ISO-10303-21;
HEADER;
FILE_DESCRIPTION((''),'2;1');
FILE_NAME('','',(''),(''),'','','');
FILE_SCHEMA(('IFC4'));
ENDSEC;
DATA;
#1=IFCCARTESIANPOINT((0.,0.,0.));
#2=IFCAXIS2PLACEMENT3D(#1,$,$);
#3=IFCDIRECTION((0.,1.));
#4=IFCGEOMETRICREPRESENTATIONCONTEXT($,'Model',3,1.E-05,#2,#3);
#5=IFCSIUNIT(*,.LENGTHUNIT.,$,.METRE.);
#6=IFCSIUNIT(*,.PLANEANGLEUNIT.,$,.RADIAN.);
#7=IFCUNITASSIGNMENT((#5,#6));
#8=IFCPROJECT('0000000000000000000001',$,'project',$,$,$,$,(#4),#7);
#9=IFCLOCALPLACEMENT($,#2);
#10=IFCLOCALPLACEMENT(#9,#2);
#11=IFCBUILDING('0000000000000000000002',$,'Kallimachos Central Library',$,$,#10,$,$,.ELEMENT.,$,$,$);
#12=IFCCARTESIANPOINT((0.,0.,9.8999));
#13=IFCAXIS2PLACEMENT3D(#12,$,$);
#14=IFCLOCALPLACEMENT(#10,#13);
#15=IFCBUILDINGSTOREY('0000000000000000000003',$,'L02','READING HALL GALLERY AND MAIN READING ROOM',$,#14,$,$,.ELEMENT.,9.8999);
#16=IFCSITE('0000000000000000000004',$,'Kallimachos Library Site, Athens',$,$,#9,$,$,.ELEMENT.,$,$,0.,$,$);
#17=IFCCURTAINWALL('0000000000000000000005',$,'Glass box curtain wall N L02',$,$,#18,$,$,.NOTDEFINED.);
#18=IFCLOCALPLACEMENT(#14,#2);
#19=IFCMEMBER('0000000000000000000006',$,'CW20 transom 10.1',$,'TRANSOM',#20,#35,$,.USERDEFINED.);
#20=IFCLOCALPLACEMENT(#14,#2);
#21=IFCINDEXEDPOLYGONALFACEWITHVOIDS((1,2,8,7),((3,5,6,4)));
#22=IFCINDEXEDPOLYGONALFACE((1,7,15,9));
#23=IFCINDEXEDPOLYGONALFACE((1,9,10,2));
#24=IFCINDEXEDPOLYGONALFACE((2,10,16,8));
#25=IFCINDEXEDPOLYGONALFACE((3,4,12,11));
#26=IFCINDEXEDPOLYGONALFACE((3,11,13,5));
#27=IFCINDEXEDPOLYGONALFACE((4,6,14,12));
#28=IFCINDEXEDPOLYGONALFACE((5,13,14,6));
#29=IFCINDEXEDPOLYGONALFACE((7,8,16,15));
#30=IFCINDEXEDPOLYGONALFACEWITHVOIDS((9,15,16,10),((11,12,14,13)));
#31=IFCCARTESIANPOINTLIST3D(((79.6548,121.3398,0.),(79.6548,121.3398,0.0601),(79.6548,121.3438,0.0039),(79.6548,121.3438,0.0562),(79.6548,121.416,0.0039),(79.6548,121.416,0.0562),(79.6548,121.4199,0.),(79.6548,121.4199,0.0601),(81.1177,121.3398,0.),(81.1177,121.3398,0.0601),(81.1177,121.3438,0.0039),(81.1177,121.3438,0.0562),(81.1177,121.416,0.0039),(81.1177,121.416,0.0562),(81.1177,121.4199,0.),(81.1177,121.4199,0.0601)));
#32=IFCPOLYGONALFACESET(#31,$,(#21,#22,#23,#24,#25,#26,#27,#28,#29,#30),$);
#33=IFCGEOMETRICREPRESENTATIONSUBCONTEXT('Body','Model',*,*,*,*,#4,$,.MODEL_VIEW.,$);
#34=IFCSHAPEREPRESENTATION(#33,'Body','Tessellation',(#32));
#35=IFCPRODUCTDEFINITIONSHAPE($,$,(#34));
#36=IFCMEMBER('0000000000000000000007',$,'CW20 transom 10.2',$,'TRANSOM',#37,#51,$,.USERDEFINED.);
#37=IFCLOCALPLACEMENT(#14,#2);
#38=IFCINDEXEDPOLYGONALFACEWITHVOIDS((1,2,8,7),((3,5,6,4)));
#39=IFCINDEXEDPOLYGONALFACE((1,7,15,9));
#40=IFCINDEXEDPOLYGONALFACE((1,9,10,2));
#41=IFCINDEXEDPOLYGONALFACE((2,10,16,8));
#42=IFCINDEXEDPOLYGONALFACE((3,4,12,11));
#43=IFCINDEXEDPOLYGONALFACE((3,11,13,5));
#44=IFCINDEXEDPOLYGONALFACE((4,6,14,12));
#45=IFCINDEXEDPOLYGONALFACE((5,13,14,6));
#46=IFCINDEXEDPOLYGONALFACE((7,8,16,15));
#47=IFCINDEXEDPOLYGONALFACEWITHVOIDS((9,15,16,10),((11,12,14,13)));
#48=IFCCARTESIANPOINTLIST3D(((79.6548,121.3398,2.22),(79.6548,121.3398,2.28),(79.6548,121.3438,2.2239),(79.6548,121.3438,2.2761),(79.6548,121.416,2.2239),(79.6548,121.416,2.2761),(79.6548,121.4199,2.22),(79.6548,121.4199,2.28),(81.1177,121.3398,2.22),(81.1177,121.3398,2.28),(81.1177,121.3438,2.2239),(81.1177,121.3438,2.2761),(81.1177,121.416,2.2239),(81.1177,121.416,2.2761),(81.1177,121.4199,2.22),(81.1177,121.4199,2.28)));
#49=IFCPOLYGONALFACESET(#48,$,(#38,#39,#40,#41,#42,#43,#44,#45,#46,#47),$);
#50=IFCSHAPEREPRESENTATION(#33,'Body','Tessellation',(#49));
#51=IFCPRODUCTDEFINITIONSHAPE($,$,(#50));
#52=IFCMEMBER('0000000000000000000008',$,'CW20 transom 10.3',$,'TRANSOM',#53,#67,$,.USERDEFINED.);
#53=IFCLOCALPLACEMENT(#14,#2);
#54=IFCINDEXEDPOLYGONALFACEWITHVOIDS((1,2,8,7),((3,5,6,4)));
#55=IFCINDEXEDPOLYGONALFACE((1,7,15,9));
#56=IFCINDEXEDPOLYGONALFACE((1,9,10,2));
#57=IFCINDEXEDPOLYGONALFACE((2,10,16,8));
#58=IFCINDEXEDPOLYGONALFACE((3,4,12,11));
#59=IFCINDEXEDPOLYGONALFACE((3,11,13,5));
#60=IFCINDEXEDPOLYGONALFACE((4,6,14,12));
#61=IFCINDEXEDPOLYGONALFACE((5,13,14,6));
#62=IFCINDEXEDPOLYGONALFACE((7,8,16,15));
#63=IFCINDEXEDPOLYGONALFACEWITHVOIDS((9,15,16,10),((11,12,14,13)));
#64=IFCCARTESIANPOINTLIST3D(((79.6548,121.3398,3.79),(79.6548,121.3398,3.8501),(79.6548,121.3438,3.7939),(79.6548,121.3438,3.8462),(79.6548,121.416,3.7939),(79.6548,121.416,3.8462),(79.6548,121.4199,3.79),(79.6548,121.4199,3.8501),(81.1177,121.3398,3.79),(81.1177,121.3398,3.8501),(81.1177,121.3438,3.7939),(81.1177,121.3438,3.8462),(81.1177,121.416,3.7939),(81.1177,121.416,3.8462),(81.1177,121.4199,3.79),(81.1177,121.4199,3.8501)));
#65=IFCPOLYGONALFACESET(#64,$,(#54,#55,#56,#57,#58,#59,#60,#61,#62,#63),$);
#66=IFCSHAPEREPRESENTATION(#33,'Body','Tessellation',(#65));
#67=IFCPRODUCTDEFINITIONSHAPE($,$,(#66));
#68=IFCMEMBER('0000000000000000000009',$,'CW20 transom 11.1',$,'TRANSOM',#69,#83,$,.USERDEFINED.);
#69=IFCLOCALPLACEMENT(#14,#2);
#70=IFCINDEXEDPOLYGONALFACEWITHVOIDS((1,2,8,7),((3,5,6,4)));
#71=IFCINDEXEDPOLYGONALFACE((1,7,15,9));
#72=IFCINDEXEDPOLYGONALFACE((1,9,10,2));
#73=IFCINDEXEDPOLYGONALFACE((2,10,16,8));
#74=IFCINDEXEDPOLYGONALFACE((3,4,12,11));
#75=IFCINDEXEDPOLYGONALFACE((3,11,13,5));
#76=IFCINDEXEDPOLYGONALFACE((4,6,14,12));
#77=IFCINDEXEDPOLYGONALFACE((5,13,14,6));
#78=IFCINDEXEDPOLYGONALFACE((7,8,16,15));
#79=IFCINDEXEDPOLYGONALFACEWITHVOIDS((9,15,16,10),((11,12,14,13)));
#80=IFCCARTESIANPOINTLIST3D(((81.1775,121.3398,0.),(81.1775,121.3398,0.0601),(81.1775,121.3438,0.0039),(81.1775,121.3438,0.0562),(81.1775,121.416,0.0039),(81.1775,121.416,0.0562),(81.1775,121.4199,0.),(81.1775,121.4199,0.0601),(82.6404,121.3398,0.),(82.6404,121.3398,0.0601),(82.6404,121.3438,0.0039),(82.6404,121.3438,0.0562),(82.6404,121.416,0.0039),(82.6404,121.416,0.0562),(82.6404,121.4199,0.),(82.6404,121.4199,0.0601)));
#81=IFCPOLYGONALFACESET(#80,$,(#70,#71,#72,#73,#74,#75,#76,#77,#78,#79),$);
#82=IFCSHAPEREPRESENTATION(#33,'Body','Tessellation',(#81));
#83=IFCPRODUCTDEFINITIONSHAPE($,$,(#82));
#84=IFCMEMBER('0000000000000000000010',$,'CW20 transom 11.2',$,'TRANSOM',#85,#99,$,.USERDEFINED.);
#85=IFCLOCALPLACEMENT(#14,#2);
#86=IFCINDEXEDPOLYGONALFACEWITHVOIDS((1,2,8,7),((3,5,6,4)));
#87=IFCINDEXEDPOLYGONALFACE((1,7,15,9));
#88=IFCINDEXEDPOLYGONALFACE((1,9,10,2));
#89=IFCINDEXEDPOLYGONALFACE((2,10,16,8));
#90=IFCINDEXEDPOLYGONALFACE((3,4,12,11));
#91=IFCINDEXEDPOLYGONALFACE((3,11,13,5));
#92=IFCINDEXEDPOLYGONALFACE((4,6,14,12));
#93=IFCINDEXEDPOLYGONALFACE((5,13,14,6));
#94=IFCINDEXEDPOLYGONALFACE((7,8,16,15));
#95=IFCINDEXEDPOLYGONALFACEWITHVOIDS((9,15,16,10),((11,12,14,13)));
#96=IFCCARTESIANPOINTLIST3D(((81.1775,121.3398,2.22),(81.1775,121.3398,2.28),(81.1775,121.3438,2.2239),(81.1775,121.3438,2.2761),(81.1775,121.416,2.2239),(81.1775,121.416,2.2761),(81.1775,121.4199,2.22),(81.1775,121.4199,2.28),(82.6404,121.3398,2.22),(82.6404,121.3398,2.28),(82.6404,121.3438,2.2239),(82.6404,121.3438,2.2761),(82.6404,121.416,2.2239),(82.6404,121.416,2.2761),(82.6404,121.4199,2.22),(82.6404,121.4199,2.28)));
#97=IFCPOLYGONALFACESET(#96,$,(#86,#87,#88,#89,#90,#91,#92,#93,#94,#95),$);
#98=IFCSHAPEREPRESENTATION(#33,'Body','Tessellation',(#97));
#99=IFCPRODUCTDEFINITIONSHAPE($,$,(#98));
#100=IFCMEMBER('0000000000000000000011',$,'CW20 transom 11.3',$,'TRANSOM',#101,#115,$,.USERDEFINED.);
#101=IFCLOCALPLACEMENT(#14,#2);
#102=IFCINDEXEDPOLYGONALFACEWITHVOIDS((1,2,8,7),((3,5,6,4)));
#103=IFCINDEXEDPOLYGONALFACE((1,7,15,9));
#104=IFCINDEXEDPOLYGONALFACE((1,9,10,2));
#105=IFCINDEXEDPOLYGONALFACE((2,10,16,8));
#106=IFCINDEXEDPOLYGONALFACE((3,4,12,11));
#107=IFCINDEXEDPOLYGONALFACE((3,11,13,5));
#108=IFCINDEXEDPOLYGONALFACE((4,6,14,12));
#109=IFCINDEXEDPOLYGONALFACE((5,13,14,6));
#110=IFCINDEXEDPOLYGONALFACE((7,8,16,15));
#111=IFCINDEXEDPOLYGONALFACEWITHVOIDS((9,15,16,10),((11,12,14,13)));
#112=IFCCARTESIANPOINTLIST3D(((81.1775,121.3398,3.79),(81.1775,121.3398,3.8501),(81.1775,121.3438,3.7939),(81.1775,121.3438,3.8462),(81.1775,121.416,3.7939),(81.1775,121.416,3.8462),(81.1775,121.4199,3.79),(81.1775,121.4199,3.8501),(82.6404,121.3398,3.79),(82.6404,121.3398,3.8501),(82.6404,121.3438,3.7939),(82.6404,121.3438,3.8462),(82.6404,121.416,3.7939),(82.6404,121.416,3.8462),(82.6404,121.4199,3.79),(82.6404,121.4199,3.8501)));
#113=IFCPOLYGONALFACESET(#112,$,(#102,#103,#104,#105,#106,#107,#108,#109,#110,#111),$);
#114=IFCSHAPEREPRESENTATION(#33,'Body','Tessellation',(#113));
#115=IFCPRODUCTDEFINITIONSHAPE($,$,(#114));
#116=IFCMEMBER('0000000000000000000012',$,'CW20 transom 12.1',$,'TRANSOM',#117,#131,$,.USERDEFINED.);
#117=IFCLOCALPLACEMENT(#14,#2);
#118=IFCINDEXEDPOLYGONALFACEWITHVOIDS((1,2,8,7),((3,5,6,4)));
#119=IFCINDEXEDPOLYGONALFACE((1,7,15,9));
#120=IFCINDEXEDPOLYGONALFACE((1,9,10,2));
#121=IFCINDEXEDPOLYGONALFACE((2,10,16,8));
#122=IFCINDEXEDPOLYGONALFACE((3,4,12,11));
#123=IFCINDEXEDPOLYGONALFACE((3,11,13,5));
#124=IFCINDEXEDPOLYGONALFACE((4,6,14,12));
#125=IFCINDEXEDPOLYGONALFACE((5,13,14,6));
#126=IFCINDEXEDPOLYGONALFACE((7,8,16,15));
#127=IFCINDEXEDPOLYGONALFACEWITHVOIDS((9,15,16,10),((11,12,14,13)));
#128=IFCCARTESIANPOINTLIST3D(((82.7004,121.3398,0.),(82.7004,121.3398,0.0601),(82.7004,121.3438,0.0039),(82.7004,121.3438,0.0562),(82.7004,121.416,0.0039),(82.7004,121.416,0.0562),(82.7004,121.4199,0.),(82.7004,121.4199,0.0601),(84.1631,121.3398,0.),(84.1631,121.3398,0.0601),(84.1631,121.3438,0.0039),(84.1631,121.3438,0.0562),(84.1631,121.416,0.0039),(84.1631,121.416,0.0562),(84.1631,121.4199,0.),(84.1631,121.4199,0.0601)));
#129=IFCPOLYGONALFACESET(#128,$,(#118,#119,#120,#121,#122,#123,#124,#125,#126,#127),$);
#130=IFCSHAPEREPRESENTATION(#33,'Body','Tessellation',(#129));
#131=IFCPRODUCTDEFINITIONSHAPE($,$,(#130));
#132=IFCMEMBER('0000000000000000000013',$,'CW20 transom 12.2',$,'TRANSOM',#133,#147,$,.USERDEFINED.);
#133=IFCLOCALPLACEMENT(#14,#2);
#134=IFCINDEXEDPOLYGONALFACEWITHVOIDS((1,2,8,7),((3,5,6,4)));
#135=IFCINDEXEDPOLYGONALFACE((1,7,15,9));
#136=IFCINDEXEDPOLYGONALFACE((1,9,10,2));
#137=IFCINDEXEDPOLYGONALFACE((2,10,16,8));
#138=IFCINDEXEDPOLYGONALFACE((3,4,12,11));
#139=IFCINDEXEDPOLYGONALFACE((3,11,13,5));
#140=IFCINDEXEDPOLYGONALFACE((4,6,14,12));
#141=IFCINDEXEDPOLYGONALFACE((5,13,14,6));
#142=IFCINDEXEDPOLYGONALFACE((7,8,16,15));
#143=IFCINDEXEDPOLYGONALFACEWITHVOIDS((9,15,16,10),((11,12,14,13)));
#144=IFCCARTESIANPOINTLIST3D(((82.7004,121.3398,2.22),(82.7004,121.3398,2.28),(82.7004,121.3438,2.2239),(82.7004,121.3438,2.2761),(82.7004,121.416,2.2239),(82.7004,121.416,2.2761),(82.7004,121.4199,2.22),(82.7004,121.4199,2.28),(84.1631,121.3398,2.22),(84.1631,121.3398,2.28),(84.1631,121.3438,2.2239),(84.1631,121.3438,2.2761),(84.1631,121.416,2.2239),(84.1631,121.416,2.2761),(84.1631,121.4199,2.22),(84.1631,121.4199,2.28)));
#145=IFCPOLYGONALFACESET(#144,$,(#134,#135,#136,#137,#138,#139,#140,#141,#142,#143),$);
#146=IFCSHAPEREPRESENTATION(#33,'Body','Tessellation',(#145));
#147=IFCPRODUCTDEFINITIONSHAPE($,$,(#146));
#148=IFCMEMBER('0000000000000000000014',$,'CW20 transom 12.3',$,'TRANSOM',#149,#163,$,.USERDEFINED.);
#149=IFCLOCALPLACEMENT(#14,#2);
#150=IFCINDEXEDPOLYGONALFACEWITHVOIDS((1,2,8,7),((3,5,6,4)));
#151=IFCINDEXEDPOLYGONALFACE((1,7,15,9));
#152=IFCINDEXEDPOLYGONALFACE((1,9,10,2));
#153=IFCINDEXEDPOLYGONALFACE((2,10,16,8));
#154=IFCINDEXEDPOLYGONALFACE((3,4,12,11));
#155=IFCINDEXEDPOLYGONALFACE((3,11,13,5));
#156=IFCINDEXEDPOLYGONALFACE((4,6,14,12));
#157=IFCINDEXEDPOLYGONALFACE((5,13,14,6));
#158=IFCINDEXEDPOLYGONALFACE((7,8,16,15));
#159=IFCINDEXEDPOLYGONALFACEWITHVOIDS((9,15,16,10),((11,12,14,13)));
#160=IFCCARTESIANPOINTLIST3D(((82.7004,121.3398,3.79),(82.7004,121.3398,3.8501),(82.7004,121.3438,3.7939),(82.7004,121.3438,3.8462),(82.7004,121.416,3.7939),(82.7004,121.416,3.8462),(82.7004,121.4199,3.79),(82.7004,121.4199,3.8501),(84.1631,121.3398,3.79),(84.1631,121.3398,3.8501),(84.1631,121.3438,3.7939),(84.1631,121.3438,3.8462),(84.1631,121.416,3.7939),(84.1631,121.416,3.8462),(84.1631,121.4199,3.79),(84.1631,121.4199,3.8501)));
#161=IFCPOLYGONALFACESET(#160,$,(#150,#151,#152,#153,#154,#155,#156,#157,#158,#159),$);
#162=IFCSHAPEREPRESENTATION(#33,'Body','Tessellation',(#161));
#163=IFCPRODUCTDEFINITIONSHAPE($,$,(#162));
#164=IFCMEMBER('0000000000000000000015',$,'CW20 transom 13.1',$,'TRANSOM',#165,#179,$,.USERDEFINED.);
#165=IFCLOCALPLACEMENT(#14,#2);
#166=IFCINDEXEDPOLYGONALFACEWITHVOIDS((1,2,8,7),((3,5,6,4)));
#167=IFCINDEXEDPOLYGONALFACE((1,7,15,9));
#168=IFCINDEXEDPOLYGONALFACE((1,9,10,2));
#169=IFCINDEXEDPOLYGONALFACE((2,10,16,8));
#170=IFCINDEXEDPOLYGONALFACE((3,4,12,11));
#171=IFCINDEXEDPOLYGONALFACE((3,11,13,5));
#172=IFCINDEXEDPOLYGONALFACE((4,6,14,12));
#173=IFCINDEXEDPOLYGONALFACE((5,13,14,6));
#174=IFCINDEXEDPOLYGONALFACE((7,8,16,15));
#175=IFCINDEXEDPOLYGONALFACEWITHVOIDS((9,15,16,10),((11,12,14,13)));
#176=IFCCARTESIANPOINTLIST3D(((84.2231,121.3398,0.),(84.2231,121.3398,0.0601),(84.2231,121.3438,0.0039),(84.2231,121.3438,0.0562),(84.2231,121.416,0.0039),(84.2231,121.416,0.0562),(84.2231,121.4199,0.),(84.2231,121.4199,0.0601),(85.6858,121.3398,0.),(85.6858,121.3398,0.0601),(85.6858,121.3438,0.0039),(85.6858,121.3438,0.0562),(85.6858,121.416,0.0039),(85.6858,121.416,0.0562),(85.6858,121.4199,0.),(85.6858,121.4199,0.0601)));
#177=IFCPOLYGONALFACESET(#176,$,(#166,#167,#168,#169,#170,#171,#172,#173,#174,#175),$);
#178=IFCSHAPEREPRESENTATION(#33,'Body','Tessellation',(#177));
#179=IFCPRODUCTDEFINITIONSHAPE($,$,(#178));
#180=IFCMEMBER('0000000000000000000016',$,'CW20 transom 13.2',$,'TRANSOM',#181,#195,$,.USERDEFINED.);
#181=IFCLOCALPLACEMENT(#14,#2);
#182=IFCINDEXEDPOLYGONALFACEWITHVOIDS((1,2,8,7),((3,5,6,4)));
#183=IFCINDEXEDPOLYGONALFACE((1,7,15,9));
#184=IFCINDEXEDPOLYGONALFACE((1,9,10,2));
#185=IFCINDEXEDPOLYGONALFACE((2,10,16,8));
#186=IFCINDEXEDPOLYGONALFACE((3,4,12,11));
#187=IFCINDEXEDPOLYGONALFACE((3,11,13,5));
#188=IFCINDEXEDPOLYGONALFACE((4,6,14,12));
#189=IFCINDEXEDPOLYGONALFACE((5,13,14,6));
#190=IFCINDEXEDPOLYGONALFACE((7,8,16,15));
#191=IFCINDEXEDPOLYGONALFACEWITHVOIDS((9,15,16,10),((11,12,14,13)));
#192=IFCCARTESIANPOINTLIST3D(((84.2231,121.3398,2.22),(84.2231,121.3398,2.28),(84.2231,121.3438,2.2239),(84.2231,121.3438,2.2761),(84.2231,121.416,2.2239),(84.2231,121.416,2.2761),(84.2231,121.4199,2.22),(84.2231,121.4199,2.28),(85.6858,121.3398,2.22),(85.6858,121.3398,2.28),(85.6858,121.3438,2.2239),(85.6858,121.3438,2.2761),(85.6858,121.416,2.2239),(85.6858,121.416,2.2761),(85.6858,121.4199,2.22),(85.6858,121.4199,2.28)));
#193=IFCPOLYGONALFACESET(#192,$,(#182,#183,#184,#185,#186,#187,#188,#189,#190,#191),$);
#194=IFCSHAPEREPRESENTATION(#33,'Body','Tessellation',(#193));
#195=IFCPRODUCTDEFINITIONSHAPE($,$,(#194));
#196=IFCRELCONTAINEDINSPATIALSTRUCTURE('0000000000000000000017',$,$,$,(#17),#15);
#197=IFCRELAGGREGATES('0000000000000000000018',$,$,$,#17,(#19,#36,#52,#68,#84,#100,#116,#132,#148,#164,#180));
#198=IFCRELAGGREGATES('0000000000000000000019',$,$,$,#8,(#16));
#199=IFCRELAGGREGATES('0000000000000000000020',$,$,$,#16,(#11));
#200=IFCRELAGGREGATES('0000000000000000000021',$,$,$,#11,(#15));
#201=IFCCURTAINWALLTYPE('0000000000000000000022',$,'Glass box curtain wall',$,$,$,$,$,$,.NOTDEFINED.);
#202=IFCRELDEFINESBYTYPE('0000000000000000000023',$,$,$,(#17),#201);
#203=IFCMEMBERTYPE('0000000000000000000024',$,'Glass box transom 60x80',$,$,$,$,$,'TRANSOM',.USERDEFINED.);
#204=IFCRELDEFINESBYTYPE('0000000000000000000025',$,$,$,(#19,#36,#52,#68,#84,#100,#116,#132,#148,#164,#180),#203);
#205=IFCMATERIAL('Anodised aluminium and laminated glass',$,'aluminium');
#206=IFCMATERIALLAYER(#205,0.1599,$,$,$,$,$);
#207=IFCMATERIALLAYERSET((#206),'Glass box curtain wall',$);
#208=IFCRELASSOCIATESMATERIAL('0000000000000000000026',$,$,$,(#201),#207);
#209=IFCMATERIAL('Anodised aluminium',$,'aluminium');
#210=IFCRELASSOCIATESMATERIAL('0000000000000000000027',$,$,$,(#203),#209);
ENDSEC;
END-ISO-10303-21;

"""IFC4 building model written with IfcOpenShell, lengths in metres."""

from ifc_helpers import new_model, si_unit, direction, frame, origin, origin_2d, place, context, subcontext, project, spatial, hollow_rectangle, extrude, material, layer, layer_set, material_profile, profile_set, type_object, element, aggregate, save


model = new_model("IFC4")

# Units and contexts
model_context = context("Model", 3, precision=1e-05, world=origin(), true_north=direction((0.0, 1.0)))
body_context = subcontext(model_context, "Body", "Model", "MODEL_VIEW")
ifc_project = project(units=[si_unit("LENGTHUNIT", "METRE"), si_unit("PLANEANGLEUNIT", "RADIAN")], contexts=[model_context])

# Site, building, storey
site_placement = place(None, origin())
site = spatial("IfcSite", under=ifc_project, at=site_placement, Name="Kallimachos Library Site, Athens", CompositionType="ELEMENT", RefElevation=0.0)
building_placement = place(site_placement, origin())
building = spatial("IfcBuilding", under=site, at=building_placement, Name="Kallimachos Central Library", CompositionType="ELEMENT")
storey_placement = place(building_placement, frame((0.0, 0.0, 9.8999)))
storey = spatial("IfcBuildingStorey", under=building, at=storey_placement, Name="L02", Description="READING HALL GALLERY AND MAIN READING ROOM", CompositionType="ELEMENT", Elevation=9.8999)

# Curtain wall, members
ifc_material_1 = material(Name="Anodised aluminium and laminated glass", Category="aluminium")
ifc_layer_1 = layer(ifc_material_1, 0.1599)
ifc_layer_set_1 = layer_set([ifc_layer_1], Name="Glass box curtain wall")
curtain_wall_type = type_object("IfcCurtainWallType", Name="Glass box curtain wall", PredefinedType="NOTDEFINED", material=ifc_layer_set_1)
curtain_wall_placement = place(storey_placement, origin())
curtain_wall = element("IfcCurtainWall", 1, at=curtain_wall_placement, inside=storey, type_object=curtain_wall_type, Name="Glass box curtain wall N L02", PredefinedType="NOTDEFINED")
ifc_material_2 = material(Name="Anodised aluminium", Category="aluminium")
ifc_material_profile_1 = material_profile(ifc_material_2, hollow_rectangle(XDim=0.0601, YDim=0.0801, WallThickness=0.0039, at=origin_2d()), Name="ALU TRANSOM 60x80")
ifc_profile_set_1 = profile_set([ifc_material_profile_1], Name="Anodised aluminium")
member_type_1 = type_object("IfcMemberType", Name="Glass box transom 60x80", ElementType="TRANSOM", PredefinedType="USERDEFINED", material=ifc_profile_set_1)
member_1_placement = place(storey_placement, frame((79.6548, 121.3799, 0.03), z_axis=(1.0, 0.0, 0.0), x_axis=(0.0, 0.0, 1.0)))
member_1 = element("IfcMember", 2, at=member_1_placement, type_object=member_type_1, Name="CW20 transom 10.1", ObjectType="TRANSOM", PredefinedType="USERDEFINED", context=body_context, shape_type="SweptSolid", body=[
    extrude(hollow_rectangle(XDim=0.0601, YDim=0.0801, WallThickness=0.0039, at=origin_2d()), origin(), (0.0, 0.0, 1.0), 1.4629),
])
member_2_placement = place(storey_placement, frame((79.6548, 121.3799, 2.25), z_axis=(1.0, 0.0, 0.0), x_axis=(0.0, 0.0, 1.0)))
member_2 = element("IfcMember", 3, at=member_2_placement, type_object=member_type_1, Name="CW20 transom 10.2", ObjectType="TRANSOM", PredefinedType="USERDEFINED", context=body_context, shape_type="SweptSolid", body=[
    extrude(hollow_rectangle(XDim=0.0601, YDim=0.0801, WallThickness=0.0039, at=origin_2d()), origin(), (0.0, 0.0, 1.0), 1.4629),
])
member_3_placement = place(storey_placement, frame((79.6548, 121.3799, 3.8201), z_axis=(1.0, 0.0, 0.0), x_axis=(0.0, 0.0, 1.0)))
member_3 = element("IfcMember", 4, at=member_3_placement, type_object=member_type_1, Name="CW20 transom 10.3", ObjectType="TRANSOM", PredefinedType="USERDEFINED", context=body_context, shape_type="SweptSolid", body=[
    extrude(hollow_rectangle(XDim=0.0601, YDim=0.0801, WallThickness=0.0039, at=origin_2d()), origin(), (0.0, 0.0, 1.0), 1.4629),
])
member_4_placement = place(storey_placement, frame((81.1775, 121.3799, 0.03), z_axis=(1.0, 0.0, 0.0), x_axis=(0.0, 0.0, 1.0)))
member_4 = element("IfcMember", 5, at=member_4_placement, type_object=member_type_1, Name="CW20 transom 11.1", ObjectType="TRANSOM", PredefinedType="USERDEFINED", context=body_context, shape_type="SweptSolid", body=[
    extrude(hollow_rectangle(XDim=0.0601, YDim=0.0801, WallThickness=0.0039, at=origin_2d()), origin(), (0.0, 0.0, 1.0), 1.4629),
])
member_5_placement = place(storey_placement, frame((81.1775, 121.3799, 2.25), z_axis=(1.0, 0.0, 0.0), x_axis=(0.0, 0.0, 1.0)))
member_5 = element("IfcMember", 6, at=member_5_placement, type_object=member_type_1, Name="CW20 transom 11.2", ObjectType="TRANSOM", PredefinedType="USERDEFINED", context=body_context, shape_type="SweptSolid", body=[
    extrude(hollow_rectangle(XDim=0.0601, YDim=0.0801, WallThickness=0.0039, at=origin_2d()), origin(), (0.0, 0.0, 1.0), 1.4629),
])
member_6_placement = place(storey_placement, frame((81.1775, 121.3799, 3.8201), z_axis=(1.0, 0.0, 0.0), x_axis=(0.0, 0.0, 1.0)))
member_6 = element("IfcMember", 7, at=member_6_placement, type_object=member_type_1, Name="CW20 transom 11.3", ObjectType="TRANSOM", PredefinedType="USERDEFINED", context=body_context, shape_type="SweptSolid", body=[
    extrude(hollow_rectangle(XDim=0.0601, YDim=0.0801, WallThickness=0.0039, at=origin_2d()), origin(), (0.0, 0.0, 1.0), 1.4629),
])
member_7_placement = place(storey_placement, frame((82.7004, 121.3799, 0.03), z_axis=(1.0, 0.0, 0.0), x_axis=(0.0, 0.0, 1.0)))
member_7 = element("IfcMember", 8, at=member_7_placement, type_object=member_type_1, Name="CW20 transom 12.1", ObjectType="TRANSOM", PredefinedType="USERDEFINED", context=body_context, shape_type="SweptSolid", body=[
    extrude(hollow_rectangle(XDim=0.0601, YDim=0.0801, WallThickness=0.0039, at=origin_2d()), origin(), (0.0, 0.0, 1.0), 1.4626),
])
member_8_placement = place(storey_placement, frame((82.7004, 121.3799, 2.25), z_axis=(1.0, 0.0, 0.0), x_axis=(0.0, 0.0, 1.0)))
member_8 = element("IfcMember", 9, at=member_8_placement, type_object=member_type_1, Name="CW20 transom 12.2", ObjectType="TRANSOM", PredefinedType="USERDEFINED", context=body_context, shape_type="SweptSolid", body=[
    extrude(hollow_rectangle(XDim=0.0601, YDim=0.0801, WallThickness=0.0039, at=origin_2d()), origin(), (0.0, 0.0, 1.0), 1.4626),
])
member_9_placement = place(storey_placement, frame((82.7004, 121.3799, 3.8201), z_axis=(1.0, 0.0, 0.0), x_axis=(0.0, 0.0, 1.0)))
member_9 = element("IfcMember", 10, at=member_9_placement, type_object=member_type_1, Name="CW20 transom 12.3", ObjectType="TRANSOM", PredefinedType="USERDEFINED", context=body_context, shape_type="SweptSolid", body=[
    extrude(hollow_rectangle(XDim=0.0601, YDim=0.0801, WallThickness=0.0039, at=origin_2d()), origin(), (0.0, 0.0, 1.0), 1.4626),
])
member_10_placement = place(storey_placement, frame((84.2231, 121.3799, 0.03), z_axis=(1.0, 0.0, 0.0), x_axis=(0.0, 0.0, 1.0)))
member_10 = element("IfcMember", 11, at=member_10_placement, type_object=member_type_1, Name="CW20 transom 13.1", ObjectType="TRANSOM", PredefinedType="USERDEFINED", context=body_context, shape_type="SweptSolid", body=[
    extrude(hollow_rectangle(XDim=0.0601, YDim=0.0801, WallThickness=0.0039, at=origin_2d()), origin(), (0.0, 0.0, 1.0), 1.4626),
])
member_11_placement = place(storey_placement, frame((84.2231, 121.3799, 2.25), z_axis=(1.0, 0.0, 0.0), x_axis=(0.0, 0.0, 1.0)))
member_11 = element("IfcMember", 12, at=member_11_placement, type_object=member_type_1, Name="CW20 transom 13.2", ObjectType="TRANSOM", PredefinedType="USERDEFINED", context=body_context, shape_type="SweptSolid", body=[
    extrude(hollow_rectangle(XDim=0.0601, YDim=0.0801, WallThickness=0.0039, at=origin_2d()), origin(), (0.0, 0.0, 1.0), 1.4626),
])

aggregate(curtain_wall, [member_1, member_2, member_3, member_4, member_5, member_6, member_7, member_8, member_9, member_10, member_11])

save(model, "model.ifc")
